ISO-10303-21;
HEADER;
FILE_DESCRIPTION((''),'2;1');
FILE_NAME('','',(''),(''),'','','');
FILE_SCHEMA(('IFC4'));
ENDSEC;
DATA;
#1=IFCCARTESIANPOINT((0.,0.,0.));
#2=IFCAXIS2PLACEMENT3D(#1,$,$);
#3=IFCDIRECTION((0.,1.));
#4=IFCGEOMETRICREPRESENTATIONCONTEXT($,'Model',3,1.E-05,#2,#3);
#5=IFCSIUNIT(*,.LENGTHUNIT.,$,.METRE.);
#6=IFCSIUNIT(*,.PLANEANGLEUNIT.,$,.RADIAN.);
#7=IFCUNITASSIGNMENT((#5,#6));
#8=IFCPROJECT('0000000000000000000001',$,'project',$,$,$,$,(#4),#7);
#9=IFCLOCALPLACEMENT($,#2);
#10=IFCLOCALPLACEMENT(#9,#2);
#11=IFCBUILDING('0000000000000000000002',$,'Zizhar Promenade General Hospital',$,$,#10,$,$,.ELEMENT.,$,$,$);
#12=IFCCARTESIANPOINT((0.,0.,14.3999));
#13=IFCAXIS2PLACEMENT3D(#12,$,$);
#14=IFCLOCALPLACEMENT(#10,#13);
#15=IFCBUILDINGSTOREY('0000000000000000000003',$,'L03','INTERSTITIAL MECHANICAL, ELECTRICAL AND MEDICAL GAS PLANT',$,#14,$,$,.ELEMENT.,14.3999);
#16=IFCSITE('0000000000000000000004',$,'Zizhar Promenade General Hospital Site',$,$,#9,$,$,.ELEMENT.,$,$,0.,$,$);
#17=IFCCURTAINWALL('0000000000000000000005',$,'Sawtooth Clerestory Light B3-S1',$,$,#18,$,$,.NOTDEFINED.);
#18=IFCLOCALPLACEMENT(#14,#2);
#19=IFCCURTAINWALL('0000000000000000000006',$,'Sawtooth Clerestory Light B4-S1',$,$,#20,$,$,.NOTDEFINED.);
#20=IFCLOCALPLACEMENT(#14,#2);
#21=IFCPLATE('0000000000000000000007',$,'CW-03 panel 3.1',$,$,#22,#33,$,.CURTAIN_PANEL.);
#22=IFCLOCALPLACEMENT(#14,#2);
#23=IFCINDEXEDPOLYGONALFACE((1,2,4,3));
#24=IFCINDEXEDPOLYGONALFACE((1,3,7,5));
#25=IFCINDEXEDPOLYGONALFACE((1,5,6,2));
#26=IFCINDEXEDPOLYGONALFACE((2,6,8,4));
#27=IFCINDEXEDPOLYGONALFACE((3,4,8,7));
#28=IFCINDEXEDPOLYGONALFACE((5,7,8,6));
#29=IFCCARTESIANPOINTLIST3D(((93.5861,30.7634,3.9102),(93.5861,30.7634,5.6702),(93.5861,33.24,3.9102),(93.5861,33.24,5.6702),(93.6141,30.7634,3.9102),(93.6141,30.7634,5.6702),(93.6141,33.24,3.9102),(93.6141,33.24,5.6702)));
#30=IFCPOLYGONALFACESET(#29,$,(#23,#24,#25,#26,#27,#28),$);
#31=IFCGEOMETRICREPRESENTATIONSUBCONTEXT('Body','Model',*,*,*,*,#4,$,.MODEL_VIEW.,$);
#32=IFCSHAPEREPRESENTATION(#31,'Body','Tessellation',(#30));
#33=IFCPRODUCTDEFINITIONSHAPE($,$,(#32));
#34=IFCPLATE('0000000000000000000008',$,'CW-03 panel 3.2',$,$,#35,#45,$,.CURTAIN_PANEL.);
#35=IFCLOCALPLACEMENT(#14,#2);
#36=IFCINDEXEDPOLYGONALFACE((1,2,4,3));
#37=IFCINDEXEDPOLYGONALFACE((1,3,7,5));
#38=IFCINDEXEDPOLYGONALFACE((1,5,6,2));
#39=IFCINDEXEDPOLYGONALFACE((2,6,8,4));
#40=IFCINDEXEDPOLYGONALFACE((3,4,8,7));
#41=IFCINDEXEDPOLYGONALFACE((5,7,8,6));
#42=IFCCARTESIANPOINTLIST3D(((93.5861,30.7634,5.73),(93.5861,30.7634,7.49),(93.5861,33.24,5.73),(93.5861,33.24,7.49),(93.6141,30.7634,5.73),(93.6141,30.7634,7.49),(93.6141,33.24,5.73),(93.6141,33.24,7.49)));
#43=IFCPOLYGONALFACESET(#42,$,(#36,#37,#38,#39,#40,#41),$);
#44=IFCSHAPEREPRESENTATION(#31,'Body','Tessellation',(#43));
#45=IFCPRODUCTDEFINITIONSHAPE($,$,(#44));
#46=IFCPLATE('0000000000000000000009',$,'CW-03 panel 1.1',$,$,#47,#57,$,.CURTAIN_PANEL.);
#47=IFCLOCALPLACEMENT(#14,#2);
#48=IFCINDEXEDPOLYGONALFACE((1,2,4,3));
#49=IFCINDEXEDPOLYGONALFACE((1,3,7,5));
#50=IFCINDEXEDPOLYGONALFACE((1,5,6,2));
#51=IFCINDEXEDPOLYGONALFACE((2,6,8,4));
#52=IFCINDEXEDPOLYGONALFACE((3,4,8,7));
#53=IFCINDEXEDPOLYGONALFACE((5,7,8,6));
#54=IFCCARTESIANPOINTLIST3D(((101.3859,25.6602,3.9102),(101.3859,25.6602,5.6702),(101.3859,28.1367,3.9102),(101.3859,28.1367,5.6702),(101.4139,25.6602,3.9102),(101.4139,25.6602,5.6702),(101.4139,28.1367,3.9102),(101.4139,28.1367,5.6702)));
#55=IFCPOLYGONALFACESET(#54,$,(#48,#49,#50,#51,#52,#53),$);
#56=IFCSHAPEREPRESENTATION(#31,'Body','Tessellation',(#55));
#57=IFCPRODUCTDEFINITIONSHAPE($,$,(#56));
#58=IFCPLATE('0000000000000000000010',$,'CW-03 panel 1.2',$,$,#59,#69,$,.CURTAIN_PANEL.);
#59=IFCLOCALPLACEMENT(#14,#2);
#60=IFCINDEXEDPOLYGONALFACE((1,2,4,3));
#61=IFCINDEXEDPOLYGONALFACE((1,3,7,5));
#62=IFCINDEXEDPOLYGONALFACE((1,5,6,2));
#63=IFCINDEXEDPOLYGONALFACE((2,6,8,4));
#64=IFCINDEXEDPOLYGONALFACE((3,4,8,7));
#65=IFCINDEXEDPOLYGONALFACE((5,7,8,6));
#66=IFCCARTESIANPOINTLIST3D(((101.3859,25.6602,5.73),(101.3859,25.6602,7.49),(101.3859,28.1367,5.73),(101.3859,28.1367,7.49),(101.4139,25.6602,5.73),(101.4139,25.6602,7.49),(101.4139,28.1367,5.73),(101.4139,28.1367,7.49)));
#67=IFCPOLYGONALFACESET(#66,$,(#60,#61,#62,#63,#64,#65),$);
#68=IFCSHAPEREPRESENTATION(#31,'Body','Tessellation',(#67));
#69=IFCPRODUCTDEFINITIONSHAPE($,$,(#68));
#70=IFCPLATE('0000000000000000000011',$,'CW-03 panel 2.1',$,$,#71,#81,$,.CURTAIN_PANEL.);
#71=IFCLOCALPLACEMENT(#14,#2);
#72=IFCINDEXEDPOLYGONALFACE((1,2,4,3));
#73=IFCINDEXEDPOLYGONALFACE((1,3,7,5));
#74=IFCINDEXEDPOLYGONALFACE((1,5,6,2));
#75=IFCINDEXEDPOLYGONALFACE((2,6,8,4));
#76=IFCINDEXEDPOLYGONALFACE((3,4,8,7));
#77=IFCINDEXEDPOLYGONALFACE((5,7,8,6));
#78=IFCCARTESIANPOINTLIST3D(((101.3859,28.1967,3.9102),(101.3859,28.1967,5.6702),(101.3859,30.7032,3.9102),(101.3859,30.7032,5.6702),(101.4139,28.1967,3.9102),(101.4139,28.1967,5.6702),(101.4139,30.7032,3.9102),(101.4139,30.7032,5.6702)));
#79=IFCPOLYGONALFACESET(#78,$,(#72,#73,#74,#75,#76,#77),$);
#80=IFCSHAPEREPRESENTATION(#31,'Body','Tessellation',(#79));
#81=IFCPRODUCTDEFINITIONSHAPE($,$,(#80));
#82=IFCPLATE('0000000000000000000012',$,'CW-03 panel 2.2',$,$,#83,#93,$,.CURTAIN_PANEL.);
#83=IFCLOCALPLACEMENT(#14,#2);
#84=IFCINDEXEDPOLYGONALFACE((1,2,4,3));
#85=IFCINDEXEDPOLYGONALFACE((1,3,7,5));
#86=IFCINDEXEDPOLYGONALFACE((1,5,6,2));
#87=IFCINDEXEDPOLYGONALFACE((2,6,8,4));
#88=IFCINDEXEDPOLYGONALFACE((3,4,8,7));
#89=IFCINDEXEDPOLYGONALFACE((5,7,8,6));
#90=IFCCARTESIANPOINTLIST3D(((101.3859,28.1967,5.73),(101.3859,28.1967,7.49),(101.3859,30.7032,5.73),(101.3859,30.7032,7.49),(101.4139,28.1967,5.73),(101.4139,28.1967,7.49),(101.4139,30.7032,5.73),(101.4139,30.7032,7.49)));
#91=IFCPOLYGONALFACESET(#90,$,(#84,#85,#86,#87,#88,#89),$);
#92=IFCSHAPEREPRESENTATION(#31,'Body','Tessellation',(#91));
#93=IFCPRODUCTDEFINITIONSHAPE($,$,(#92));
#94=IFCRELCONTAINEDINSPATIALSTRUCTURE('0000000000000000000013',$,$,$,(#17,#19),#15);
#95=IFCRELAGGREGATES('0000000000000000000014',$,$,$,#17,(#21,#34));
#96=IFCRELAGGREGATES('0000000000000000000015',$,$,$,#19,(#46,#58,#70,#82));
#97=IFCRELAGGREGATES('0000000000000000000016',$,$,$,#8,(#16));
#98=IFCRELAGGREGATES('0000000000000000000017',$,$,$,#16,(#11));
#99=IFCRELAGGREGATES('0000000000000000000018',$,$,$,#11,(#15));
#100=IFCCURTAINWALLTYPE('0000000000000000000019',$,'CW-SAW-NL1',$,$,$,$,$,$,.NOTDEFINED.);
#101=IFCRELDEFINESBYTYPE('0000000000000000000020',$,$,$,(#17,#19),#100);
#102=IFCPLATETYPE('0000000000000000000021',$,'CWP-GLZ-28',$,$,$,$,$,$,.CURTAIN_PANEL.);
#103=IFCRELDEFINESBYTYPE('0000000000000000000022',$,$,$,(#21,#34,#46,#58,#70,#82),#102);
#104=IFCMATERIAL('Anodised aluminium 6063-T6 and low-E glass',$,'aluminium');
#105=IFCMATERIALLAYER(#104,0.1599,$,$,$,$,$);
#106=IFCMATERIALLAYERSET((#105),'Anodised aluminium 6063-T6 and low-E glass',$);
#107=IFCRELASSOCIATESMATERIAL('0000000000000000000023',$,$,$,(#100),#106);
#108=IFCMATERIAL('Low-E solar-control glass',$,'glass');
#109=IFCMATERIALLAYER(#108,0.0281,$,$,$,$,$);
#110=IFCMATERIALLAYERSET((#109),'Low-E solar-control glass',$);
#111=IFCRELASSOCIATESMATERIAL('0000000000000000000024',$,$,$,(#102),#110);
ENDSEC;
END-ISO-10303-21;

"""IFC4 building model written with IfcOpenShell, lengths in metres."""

from ifc_helpers import new_model, si_unit, direction, frame, origin, origin_2d, place, context, subcontext, project, spatial, rectangle, extrude, material, layer, layer_set, type_object, element, aggregate, save


model = new_model("IFC4")

# Units and contexts
model_context = context("Model", 3, precision=1e-05, world=origin(), true_north=direction((0.0, 1.0)))
body_context = subcontext(model_context, "Body", "Model", "MODEL_VIEW")
ifc_project = project(units=[si_unit("LENGTHUNIT", "METRE"), si_unit("PLANEANGLEUNIT", "RADIAN")], contexts=[model_context])

# Site, building, storey
site_placement = place(None, origin())
site = spatial("IfcSite", under=ifc_project, at=site_placement, Name="Zizhar Promenade General Hospital Site", CompositionType="ELEMENT", RefElevation=0.0)
building_placement = place(site_placement, origin())
building = spatial("IfcBuilding", under=site, at=building_placement, Name="Zizhar Promenade General Hospital", CompositionType="ELEMENT")
storey_placement = place(building_placement, frame((0.0, 0.0, 14.3999)))
storey = spatial("IfcBuildingStorey", under=building, at=storey_placement, Name="L03", Description="INTERSTITIAL MECHANICAL, ELECTRICAL AND MEDICAL GAS PLANT", CompositionType="ELEMENT", Elevation=14.3999)

# Curtain wall
ifc_material_1 = material(Name="Anodised aluminium 6063-T6 and low-E glass", Category="aluminium")
ifc_layer_1 = layer(ifc_material_1, 0.1599)
ifc_layer_set_1 = layer_set([ifc_layer_1], Name="Anodised aluminium 6063-T6 and low-E glass")
curtain_wall_type = type_object("IfcCurtainWallType", Name="CW-SAW-NL1", PredefinedType="NOTDEFINED", material=ifc_layer_set_1)
curtain_wall_1_placement = place(storey_placement, origin())
curtain_wall_1 = element("IfcCurtainWall", 1, at=curtain_wall_1_placement, inside=storey, type_object=curtain_wall_type, Name="Sawtooth Clerestory Light B3-S1", PredefinedType="NOTDEFINED")

# Curtain wall
curtain_wall_2_placement = place(storey_placement, origin())
curtain_wall_2 = element("IfcCurtainWall", 2, at=curtain_wall_2_placement, inside=storey, type_object=curtain_wall_type, Name="Sawtooth Clerestory Light B4-S1", PredefinedType="NOTDEFINED")

# Plates
ifc_material_2 = material(Name="Low-E solar-control glass", Category="glass")
ifc_layer_2 = layer(ifc_material_2, 0.0281)
ifc_layer_set_2 = layer_set([ifc_layer_2], Name="Low-E solar-control glass")
plate_type = type_object("IfcPlateType", Name="CWP-GLZ-28", PredefinedType="CURTAIN_PANEL", material=ifc_layer_set_2)
plate_1_placement = place(storey_placement, frame((93.6001, 32.0017, 3.9102), z_axis=(0.0, 0.0, 1.0), x_axis=(0.0, 1.0, 0.0)))
plate_1 = element("IfcPlate", 3, at=plate_1_placement, type_object=plate_type, Name="CW-03 panel 3.1", PredefinedType="CURTAIN_PANEL", context=body_context, shape_type="SweptSolid", body=[
    extrude(rectangle(XDim=2.4766, YDim=0.0281, at=origin_2d()), origin(), (0.0, 0.0, 1.0), 1.76),
])
plate_2_placement = place(storey_placement, frame((93.6001, 32.0017, 5.73), z_axis=(0.0, 0.0, 1.0), x_axis=(0.0, 1.0, 0.0)))
plate_2 = element("IfcPlate", 4, at=plate_2_placement, type_object=plate_type, Name="CW-03 panel 3.2", PredefinedType="CURTAIN_PANEL", context=body_context, shape_type="SweptSolid", body=[
    extrude(rectangle(XDim=2.4766, YDim=0.0281, at=origin_2d()), origin(), (0.0, 0.0, 1.0), 1.76),
])
aggregate(curtain_wall_1, [plate_1, plate_2])
plate_3_placement = place(storey_placement, frame((101.3999, 26.8984, 3.9102), z_axis=(0.0, 0.0, 1.0), x_axis=(0.0, 1.0, 0.0)))
plate_3 = element("IfcPlate", 5, at=plate_3_placement, type_object=plate_type, Name="CW-03 panel 1.1", PredefinedType="CURTAIN_PANEL", context=body_context, shape_type="SweptSolid", body=[
    extrude(rectangle(XDim=2.4766, YDim=0.0281, at=origin_2d()), origin(), (0.0, 0.0, 1.0), 1.76),
])
plate_4_placement = place(storey_placement, frame((101.3999, 26.8984, 5.73), z_axis=(0.0, 0.0, 1.0), x_axis=(0.0, 1.0, 0.0)))
plate_4 = element("IfcPlate", 6, at=plate_4_placement, type_object=plate_type, Name="CW-03 panel 1.2", PredefinedType="CURTAIN_PANEL", context=body_context, shape_type="SweptSolid", body=[
    extrude(rectangle(XDim=2.4766, YDim=0.0281, at=origin_2d()), origin(), (0.0, 0.0, 1.0), 1.76),
])
plate_5_placement = place(storey_placement, frame((101.3999, 29.45, 3.9102), z_axis=(0.0, 0.0, 1.0), x_axis=(0.0, 1.0, 0.0)))
plate_5 = element("IfcPlate", 7, at=plate_5_placement, type_object=plate_type, Name="CW-03 panel 2.1", PredefinedType="CURTAIN_PANEL", context=body_context, shape_type="SweptSolid", body=[
    extrude(rectangle(XDim=2.5066, YDim=0.0281, at=origin_2d()), origin(), (0.0, 0.0, 1.0), 1.76),
])
plate_6_placement = place(storey_placement, frame((101.3999, 29.45, 5.73), z_axis=(0.0, 0.0, 1.0), x_axis=(0.0, 1.0, 0.0)))
plate_6 = element("IfcPlate", 8, at=plate_6_placement, type_object=plate_type, Name="CW-03 panel 2.2", PredefinedType="CURTAIN_PANEL", context=body_context, shape_type="SweptSolid", body=[
    extrude(rectangle(XDim=2.5066, YDim=0.0281, at=origin_2d()), origin(), (0.0, 0.0, 1.0), 1.76),
])
aggregate(curtain_wall_2, [plate_3, plate_4, plate_5, plate_6])

save(model, "model.ifc")
